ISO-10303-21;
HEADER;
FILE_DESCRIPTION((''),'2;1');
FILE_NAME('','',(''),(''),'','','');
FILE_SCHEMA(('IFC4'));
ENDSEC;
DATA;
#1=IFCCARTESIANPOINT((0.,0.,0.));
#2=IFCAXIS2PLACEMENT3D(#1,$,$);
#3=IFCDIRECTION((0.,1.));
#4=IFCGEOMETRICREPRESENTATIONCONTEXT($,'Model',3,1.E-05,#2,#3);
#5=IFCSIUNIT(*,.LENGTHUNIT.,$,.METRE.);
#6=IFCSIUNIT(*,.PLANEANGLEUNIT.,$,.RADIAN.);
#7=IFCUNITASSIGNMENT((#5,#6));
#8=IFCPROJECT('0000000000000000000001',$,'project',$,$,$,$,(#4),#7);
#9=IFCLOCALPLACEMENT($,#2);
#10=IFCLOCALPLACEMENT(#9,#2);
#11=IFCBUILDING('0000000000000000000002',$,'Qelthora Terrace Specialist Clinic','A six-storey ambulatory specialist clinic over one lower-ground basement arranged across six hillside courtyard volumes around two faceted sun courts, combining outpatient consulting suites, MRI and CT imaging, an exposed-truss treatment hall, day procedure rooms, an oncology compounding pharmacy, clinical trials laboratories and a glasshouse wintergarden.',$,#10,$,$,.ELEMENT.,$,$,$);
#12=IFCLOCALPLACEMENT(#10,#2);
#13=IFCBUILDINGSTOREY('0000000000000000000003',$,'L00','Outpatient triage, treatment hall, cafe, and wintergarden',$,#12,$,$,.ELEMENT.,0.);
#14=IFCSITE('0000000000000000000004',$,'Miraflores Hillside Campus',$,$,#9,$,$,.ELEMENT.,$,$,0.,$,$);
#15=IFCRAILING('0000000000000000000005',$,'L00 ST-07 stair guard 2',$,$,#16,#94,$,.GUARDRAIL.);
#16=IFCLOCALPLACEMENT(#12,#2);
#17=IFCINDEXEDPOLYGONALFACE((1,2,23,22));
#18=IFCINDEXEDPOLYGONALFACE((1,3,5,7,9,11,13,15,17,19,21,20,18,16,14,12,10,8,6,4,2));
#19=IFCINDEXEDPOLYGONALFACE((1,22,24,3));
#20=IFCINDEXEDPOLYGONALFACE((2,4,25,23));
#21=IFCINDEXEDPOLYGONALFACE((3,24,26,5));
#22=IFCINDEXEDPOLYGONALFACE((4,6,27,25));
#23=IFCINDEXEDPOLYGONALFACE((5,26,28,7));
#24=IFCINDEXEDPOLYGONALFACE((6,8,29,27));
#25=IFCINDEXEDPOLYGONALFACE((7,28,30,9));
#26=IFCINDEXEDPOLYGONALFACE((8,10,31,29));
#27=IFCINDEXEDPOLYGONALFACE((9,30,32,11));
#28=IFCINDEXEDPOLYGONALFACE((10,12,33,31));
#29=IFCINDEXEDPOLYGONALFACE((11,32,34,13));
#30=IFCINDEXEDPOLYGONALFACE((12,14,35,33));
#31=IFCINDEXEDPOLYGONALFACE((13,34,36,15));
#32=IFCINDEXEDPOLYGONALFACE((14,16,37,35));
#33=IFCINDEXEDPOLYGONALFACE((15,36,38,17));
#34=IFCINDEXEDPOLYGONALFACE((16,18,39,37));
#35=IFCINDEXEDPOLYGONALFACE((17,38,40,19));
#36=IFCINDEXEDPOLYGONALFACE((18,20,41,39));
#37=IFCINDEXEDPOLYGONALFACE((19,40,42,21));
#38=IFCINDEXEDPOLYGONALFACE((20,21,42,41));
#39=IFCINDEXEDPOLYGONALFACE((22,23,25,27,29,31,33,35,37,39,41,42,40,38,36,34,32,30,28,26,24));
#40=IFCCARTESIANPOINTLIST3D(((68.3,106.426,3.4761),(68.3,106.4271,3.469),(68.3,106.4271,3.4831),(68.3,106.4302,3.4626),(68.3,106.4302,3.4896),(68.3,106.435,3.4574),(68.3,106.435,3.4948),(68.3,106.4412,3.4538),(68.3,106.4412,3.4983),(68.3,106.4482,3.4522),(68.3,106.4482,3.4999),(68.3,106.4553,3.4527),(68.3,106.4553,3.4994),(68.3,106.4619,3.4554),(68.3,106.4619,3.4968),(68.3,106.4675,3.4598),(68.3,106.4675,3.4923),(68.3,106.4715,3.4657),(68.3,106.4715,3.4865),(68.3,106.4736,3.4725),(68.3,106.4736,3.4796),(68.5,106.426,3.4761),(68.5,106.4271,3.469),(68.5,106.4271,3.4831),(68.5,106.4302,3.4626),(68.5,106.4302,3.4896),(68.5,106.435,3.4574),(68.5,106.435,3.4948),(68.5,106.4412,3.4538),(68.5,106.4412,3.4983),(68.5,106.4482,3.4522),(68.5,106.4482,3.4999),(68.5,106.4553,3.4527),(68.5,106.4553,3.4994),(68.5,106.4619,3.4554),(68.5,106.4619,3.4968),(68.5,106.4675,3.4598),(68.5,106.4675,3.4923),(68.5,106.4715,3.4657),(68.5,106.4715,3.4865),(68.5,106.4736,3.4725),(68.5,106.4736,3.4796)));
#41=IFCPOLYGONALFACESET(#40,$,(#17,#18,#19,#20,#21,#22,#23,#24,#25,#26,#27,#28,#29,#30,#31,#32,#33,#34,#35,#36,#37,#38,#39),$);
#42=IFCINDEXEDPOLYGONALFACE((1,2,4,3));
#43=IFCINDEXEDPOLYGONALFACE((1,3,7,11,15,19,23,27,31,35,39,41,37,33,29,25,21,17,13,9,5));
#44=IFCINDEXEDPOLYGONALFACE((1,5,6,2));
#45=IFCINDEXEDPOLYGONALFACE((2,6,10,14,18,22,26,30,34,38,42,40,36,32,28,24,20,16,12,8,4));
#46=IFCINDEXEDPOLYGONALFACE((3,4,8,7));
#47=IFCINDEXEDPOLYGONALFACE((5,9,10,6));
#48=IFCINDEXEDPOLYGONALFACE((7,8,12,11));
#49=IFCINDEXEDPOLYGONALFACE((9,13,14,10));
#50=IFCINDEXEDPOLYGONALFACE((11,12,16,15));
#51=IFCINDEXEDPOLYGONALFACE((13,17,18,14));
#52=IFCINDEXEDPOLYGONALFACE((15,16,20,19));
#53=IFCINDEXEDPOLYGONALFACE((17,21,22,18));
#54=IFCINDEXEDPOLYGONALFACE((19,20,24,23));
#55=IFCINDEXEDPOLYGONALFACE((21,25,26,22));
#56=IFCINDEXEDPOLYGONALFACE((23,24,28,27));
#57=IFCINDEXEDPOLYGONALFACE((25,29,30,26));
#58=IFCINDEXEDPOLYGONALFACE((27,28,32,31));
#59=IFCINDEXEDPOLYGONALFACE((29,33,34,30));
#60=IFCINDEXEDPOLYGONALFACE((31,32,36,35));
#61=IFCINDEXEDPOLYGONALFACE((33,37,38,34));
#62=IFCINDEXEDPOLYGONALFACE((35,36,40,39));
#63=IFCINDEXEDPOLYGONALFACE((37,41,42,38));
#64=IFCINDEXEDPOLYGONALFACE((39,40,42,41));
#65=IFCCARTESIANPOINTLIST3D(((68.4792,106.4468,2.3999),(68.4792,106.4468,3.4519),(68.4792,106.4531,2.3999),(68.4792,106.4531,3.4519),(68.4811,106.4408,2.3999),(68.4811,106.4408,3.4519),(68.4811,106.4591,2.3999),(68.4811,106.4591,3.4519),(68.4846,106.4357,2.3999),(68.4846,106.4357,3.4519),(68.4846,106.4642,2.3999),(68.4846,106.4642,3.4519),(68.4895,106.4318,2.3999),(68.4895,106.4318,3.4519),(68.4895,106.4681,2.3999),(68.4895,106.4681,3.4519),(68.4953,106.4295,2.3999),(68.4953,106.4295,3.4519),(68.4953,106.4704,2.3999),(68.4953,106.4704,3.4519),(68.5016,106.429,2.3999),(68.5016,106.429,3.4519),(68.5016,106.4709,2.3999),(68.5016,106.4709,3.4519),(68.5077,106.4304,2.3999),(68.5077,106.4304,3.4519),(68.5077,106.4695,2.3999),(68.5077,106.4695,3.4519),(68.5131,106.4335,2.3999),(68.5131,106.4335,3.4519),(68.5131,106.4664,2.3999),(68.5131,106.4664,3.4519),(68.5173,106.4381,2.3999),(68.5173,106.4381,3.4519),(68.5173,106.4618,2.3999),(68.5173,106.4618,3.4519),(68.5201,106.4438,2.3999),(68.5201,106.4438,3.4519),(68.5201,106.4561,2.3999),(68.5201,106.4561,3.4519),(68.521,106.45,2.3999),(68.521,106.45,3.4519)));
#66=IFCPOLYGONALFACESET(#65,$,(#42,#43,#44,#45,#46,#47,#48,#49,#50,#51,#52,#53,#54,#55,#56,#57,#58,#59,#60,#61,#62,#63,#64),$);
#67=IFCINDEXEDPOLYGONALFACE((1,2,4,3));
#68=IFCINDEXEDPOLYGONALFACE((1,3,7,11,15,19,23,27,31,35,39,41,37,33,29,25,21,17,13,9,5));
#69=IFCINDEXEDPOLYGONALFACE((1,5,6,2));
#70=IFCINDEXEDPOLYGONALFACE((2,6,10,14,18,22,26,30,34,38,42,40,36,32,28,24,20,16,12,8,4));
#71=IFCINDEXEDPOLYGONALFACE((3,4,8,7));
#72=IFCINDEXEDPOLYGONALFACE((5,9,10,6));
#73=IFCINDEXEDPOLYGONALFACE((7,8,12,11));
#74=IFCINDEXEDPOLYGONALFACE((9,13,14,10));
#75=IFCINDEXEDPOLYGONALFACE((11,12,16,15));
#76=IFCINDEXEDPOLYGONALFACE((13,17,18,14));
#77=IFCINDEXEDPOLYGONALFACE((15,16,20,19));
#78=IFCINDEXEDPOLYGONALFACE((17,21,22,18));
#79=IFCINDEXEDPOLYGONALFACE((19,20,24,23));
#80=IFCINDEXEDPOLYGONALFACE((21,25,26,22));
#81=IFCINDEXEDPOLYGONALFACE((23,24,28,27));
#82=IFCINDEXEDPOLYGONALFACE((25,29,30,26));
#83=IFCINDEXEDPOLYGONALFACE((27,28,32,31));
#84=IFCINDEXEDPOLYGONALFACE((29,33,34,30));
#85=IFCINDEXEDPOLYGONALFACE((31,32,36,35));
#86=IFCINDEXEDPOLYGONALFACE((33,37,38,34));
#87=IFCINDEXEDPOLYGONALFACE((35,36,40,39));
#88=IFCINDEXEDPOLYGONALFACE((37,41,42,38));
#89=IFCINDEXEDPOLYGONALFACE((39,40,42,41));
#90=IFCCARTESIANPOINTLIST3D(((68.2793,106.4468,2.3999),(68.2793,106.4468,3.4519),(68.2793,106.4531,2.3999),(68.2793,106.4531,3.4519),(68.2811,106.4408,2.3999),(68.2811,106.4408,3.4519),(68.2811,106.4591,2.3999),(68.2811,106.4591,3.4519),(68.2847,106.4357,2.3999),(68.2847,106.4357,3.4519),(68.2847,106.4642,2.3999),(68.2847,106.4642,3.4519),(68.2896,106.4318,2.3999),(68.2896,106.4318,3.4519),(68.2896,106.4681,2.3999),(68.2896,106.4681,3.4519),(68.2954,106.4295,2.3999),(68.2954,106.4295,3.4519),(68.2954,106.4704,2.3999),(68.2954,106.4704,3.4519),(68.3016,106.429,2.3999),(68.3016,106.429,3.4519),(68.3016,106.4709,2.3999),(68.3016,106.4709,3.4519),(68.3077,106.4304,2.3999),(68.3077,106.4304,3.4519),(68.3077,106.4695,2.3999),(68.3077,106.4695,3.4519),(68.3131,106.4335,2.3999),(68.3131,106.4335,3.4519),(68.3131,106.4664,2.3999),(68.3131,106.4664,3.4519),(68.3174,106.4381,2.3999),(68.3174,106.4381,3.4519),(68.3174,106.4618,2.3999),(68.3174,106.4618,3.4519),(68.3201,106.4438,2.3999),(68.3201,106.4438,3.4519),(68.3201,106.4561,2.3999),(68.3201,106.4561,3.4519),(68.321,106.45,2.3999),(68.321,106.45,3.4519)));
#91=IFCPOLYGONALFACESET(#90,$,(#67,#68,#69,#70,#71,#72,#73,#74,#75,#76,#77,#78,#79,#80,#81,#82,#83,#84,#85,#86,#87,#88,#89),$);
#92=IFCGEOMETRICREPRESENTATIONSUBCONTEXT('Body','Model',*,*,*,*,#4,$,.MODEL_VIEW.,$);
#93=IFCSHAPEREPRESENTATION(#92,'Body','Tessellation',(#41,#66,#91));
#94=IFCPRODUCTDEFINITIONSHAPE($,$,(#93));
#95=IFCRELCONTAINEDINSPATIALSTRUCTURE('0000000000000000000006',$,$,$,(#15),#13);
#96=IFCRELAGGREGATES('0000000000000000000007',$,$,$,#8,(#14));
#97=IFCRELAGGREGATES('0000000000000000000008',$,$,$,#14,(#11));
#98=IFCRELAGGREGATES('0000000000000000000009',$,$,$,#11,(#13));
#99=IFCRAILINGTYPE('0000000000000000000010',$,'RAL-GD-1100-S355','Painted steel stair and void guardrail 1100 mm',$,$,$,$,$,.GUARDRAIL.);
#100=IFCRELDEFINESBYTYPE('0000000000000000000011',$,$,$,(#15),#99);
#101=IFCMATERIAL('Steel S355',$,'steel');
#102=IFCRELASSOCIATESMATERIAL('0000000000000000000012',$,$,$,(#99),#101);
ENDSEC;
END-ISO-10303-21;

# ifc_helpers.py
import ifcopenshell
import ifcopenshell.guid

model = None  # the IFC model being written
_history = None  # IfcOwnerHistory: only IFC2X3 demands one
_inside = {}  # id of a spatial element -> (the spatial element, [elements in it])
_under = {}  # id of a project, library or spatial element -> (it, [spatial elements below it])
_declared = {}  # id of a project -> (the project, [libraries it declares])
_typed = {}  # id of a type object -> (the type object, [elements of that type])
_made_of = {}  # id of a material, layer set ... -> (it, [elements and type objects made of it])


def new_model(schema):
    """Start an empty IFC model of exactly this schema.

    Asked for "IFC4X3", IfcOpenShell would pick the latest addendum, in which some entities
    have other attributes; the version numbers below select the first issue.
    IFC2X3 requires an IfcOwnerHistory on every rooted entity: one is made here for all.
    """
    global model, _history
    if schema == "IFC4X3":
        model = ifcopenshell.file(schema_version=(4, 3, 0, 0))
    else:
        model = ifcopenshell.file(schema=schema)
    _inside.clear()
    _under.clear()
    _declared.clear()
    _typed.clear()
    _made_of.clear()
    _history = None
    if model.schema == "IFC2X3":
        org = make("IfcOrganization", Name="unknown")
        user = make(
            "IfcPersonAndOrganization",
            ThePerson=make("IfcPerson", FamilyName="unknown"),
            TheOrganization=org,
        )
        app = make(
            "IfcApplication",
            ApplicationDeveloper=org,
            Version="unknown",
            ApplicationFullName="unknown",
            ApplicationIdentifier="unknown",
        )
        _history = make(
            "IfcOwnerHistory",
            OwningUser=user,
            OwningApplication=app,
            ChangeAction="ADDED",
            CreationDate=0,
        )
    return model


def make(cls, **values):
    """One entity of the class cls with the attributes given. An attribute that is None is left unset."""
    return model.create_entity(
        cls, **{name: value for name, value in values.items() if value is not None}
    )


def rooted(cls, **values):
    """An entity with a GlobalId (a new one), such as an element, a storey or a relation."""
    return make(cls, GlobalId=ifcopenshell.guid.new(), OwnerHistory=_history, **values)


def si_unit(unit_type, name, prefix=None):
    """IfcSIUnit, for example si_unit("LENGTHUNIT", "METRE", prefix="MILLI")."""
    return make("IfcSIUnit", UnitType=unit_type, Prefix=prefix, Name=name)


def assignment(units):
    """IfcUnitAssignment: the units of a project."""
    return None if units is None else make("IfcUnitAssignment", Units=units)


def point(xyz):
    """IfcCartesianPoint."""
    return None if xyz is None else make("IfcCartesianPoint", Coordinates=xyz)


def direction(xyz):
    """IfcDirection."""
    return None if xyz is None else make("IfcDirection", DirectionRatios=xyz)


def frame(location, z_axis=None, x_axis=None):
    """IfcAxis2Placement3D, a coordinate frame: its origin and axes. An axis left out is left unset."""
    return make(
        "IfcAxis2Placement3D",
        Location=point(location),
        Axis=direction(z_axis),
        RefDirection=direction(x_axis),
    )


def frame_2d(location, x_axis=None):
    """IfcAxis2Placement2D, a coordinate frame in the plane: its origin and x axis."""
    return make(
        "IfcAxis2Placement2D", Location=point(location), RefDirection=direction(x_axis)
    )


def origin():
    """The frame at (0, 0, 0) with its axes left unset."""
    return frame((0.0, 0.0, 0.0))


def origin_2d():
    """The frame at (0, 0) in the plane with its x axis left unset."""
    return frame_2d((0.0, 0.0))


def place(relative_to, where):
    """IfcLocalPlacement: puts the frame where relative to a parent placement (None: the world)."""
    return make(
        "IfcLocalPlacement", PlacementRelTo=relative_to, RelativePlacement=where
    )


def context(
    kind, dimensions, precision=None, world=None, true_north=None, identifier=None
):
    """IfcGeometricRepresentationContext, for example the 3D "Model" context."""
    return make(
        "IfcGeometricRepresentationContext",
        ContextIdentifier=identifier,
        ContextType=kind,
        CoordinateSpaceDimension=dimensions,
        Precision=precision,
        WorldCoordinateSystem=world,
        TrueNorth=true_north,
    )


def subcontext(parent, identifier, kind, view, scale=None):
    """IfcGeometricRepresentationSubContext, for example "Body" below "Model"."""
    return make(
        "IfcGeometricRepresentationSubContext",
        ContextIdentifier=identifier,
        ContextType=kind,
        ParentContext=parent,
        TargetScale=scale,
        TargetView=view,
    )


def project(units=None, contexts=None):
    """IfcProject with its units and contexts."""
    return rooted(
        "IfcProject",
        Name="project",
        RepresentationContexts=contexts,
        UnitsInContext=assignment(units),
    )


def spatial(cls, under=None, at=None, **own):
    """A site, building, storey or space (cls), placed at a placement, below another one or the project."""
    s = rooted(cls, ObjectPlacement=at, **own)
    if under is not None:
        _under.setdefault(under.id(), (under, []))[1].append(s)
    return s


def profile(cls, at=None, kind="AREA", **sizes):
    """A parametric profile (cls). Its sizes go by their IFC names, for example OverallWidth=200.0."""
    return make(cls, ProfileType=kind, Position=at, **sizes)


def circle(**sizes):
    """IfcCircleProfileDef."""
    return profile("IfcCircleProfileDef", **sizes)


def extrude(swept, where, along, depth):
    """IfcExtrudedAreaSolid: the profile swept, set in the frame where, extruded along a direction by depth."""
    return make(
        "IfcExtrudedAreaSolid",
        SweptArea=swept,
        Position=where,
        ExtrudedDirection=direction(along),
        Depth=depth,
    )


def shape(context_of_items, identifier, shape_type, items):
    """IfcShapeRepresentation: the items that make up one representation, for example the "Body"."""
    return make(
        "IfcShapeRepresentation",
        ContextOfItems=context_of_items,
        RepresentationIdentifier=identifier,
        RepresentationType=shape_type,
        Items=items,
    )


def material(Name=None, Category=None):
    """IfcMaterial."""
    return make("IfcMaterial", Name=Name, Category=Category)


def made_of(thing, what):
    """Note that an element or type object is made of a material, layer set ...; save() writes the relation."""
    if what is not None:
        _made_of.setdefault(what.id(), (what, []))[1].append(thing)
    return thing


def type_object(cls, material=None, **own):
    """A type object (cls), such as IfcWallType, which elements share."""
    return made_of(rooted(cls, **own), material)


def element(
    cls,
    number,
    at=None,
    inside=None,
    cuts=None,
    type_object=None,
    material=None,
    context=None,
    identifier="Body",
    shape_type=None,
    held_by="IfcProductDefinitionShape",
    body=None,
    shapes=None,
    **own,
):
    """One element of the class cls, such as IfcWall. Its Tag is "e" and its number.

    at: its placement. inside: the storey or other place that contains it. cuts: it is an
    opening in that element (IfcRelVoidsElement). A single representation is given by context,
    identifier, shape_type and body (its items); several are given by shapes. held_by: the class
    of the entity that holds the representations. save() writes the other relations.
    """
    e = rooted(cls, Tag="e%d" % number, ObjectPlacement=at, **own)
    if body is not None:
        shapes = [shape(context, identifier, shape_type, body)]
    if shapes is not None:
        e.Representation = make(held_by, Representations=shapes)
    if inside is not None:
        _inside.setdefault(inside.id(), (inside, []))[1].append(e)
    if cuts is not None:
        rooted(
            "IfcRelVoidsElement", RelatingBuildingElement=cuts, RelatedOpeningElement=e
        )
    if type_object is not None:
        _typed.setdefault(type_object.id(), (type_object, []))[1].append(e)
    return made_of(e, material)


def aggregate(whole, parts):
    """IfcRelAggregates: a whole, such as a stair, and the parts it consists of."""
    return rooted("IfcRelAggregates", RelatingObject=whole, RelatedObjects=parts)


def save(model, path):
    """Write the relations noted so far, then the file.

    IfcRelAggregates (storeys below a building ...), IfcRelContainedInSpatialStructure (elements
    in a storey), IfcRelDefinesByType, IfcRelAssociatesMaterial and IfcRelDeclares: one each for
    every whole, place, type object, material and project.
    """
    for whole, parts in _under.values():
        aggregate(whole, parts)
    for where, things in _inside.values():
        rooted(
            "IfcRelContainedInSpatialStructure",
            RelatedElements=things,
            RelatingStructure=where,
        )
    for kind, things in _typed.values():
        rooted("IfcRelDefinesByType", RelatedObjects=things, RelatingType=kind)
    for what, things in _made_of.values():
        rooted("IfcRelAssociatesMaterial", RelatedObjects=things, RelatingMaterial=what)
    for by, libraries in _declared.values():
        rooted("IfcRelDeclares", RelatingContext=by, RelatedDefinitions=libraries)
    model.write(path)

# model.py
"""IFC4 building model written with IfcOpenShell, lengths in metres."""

from ifc_helpers import new_model, si_unit, direction, frame, origin, origin_2d, place, context, subcontext, project, spatial, circle, extrude, material, type_object, element, save


model = new_model("IFC4")

# Units and contexts
model_context = context("Model", 3, precision=1e-05, world=origin(), true_north=direction((0.0, 1.0)))
body_context = subcontext(model_context, "Body", "Model", "MODEL_VIEW")
ifc_project = project(units=[si_unit("LENGTHUNIT", "METRE"), si_unit("PLANEANGLEUNIT", "RADIAN")], contexts=[model_context])

# Site, building, storey
site_placement = place(None, origin())
site = spatial("IfcSite", under=ifc_project, at=site_placement, Name="Miraflores Hillside Campus", CompositionType="ELEMENT", RefElevation=0.0)
building_placement = place(site_placement, origin())
building = spatial("IfcBuilding", under=site, at=building_placement, Name="Qelthora Terrace Specialist Clinic", Description="A six-storey ambulatory specialist clinic over one lower-ground basement arranged across six hillside courtyard volumes around two faceted sun courts, combining outpatient consulting suites, MRI and CT imaging, an exposed-truss treatment hall, day procedure rooms, an oncology compounding pharmacy, clinical trials laboratories and a glasshouse wintergarden.", CompositionType="ELEMENT")
storey_placement = place(building_placement, origin())
storey = spatial("IfcBuildingStorey", under=building, at=storey_placement, Name="L00", Description="Outpatient triage, treatment hall, cafe, and wintergarden", CompositionType="ELEMENT", Elevation=0.0)

# Shared definitions
ifc_material_1 = material(Name="Steel S355", Category="steel")

# Railing
railing_type_1 = type_object("IfcRailingType", Name="RAL-GD-1100-S355", Description="Painted steel stair and void guardrail 1100 mm", PredefinedType="GUARDRAIL", material=ifc_material_1)
railing_1_placement = place(storey_placement, frame((68.5, 106.45, 2.3999)))
element("IfcRailing", 1, at=railing_1_placement, inside=storey, type_object=railing_type_1, Name="L00 ST-07 stair guard 2", PredefinedType="GUARDRAIL", context=body_context, shape_type="SweptSolid", body=[
    extrude(circle(Radius=0.0239, at=origin_2d()), frame((0.0, 0.0, 1.0762), z_axis=(-1.0, 0.0, 0.0), x_axis=(0.0, -1.0, 0.0)), (0.0, 0.0, 1.0), 0.2),
    extrude(circle(Radius=0.021, at=origin_2d()), origin(), (0.0, 0.0, 1.0), 1.052),
    extrude(circle(Radius=0.021, at=origin_2d()), frame((-0.2, 0.0, 0.0)), (0.0, 0.0, 1.0), 1.052),
])

save(model, "model.ifc")
